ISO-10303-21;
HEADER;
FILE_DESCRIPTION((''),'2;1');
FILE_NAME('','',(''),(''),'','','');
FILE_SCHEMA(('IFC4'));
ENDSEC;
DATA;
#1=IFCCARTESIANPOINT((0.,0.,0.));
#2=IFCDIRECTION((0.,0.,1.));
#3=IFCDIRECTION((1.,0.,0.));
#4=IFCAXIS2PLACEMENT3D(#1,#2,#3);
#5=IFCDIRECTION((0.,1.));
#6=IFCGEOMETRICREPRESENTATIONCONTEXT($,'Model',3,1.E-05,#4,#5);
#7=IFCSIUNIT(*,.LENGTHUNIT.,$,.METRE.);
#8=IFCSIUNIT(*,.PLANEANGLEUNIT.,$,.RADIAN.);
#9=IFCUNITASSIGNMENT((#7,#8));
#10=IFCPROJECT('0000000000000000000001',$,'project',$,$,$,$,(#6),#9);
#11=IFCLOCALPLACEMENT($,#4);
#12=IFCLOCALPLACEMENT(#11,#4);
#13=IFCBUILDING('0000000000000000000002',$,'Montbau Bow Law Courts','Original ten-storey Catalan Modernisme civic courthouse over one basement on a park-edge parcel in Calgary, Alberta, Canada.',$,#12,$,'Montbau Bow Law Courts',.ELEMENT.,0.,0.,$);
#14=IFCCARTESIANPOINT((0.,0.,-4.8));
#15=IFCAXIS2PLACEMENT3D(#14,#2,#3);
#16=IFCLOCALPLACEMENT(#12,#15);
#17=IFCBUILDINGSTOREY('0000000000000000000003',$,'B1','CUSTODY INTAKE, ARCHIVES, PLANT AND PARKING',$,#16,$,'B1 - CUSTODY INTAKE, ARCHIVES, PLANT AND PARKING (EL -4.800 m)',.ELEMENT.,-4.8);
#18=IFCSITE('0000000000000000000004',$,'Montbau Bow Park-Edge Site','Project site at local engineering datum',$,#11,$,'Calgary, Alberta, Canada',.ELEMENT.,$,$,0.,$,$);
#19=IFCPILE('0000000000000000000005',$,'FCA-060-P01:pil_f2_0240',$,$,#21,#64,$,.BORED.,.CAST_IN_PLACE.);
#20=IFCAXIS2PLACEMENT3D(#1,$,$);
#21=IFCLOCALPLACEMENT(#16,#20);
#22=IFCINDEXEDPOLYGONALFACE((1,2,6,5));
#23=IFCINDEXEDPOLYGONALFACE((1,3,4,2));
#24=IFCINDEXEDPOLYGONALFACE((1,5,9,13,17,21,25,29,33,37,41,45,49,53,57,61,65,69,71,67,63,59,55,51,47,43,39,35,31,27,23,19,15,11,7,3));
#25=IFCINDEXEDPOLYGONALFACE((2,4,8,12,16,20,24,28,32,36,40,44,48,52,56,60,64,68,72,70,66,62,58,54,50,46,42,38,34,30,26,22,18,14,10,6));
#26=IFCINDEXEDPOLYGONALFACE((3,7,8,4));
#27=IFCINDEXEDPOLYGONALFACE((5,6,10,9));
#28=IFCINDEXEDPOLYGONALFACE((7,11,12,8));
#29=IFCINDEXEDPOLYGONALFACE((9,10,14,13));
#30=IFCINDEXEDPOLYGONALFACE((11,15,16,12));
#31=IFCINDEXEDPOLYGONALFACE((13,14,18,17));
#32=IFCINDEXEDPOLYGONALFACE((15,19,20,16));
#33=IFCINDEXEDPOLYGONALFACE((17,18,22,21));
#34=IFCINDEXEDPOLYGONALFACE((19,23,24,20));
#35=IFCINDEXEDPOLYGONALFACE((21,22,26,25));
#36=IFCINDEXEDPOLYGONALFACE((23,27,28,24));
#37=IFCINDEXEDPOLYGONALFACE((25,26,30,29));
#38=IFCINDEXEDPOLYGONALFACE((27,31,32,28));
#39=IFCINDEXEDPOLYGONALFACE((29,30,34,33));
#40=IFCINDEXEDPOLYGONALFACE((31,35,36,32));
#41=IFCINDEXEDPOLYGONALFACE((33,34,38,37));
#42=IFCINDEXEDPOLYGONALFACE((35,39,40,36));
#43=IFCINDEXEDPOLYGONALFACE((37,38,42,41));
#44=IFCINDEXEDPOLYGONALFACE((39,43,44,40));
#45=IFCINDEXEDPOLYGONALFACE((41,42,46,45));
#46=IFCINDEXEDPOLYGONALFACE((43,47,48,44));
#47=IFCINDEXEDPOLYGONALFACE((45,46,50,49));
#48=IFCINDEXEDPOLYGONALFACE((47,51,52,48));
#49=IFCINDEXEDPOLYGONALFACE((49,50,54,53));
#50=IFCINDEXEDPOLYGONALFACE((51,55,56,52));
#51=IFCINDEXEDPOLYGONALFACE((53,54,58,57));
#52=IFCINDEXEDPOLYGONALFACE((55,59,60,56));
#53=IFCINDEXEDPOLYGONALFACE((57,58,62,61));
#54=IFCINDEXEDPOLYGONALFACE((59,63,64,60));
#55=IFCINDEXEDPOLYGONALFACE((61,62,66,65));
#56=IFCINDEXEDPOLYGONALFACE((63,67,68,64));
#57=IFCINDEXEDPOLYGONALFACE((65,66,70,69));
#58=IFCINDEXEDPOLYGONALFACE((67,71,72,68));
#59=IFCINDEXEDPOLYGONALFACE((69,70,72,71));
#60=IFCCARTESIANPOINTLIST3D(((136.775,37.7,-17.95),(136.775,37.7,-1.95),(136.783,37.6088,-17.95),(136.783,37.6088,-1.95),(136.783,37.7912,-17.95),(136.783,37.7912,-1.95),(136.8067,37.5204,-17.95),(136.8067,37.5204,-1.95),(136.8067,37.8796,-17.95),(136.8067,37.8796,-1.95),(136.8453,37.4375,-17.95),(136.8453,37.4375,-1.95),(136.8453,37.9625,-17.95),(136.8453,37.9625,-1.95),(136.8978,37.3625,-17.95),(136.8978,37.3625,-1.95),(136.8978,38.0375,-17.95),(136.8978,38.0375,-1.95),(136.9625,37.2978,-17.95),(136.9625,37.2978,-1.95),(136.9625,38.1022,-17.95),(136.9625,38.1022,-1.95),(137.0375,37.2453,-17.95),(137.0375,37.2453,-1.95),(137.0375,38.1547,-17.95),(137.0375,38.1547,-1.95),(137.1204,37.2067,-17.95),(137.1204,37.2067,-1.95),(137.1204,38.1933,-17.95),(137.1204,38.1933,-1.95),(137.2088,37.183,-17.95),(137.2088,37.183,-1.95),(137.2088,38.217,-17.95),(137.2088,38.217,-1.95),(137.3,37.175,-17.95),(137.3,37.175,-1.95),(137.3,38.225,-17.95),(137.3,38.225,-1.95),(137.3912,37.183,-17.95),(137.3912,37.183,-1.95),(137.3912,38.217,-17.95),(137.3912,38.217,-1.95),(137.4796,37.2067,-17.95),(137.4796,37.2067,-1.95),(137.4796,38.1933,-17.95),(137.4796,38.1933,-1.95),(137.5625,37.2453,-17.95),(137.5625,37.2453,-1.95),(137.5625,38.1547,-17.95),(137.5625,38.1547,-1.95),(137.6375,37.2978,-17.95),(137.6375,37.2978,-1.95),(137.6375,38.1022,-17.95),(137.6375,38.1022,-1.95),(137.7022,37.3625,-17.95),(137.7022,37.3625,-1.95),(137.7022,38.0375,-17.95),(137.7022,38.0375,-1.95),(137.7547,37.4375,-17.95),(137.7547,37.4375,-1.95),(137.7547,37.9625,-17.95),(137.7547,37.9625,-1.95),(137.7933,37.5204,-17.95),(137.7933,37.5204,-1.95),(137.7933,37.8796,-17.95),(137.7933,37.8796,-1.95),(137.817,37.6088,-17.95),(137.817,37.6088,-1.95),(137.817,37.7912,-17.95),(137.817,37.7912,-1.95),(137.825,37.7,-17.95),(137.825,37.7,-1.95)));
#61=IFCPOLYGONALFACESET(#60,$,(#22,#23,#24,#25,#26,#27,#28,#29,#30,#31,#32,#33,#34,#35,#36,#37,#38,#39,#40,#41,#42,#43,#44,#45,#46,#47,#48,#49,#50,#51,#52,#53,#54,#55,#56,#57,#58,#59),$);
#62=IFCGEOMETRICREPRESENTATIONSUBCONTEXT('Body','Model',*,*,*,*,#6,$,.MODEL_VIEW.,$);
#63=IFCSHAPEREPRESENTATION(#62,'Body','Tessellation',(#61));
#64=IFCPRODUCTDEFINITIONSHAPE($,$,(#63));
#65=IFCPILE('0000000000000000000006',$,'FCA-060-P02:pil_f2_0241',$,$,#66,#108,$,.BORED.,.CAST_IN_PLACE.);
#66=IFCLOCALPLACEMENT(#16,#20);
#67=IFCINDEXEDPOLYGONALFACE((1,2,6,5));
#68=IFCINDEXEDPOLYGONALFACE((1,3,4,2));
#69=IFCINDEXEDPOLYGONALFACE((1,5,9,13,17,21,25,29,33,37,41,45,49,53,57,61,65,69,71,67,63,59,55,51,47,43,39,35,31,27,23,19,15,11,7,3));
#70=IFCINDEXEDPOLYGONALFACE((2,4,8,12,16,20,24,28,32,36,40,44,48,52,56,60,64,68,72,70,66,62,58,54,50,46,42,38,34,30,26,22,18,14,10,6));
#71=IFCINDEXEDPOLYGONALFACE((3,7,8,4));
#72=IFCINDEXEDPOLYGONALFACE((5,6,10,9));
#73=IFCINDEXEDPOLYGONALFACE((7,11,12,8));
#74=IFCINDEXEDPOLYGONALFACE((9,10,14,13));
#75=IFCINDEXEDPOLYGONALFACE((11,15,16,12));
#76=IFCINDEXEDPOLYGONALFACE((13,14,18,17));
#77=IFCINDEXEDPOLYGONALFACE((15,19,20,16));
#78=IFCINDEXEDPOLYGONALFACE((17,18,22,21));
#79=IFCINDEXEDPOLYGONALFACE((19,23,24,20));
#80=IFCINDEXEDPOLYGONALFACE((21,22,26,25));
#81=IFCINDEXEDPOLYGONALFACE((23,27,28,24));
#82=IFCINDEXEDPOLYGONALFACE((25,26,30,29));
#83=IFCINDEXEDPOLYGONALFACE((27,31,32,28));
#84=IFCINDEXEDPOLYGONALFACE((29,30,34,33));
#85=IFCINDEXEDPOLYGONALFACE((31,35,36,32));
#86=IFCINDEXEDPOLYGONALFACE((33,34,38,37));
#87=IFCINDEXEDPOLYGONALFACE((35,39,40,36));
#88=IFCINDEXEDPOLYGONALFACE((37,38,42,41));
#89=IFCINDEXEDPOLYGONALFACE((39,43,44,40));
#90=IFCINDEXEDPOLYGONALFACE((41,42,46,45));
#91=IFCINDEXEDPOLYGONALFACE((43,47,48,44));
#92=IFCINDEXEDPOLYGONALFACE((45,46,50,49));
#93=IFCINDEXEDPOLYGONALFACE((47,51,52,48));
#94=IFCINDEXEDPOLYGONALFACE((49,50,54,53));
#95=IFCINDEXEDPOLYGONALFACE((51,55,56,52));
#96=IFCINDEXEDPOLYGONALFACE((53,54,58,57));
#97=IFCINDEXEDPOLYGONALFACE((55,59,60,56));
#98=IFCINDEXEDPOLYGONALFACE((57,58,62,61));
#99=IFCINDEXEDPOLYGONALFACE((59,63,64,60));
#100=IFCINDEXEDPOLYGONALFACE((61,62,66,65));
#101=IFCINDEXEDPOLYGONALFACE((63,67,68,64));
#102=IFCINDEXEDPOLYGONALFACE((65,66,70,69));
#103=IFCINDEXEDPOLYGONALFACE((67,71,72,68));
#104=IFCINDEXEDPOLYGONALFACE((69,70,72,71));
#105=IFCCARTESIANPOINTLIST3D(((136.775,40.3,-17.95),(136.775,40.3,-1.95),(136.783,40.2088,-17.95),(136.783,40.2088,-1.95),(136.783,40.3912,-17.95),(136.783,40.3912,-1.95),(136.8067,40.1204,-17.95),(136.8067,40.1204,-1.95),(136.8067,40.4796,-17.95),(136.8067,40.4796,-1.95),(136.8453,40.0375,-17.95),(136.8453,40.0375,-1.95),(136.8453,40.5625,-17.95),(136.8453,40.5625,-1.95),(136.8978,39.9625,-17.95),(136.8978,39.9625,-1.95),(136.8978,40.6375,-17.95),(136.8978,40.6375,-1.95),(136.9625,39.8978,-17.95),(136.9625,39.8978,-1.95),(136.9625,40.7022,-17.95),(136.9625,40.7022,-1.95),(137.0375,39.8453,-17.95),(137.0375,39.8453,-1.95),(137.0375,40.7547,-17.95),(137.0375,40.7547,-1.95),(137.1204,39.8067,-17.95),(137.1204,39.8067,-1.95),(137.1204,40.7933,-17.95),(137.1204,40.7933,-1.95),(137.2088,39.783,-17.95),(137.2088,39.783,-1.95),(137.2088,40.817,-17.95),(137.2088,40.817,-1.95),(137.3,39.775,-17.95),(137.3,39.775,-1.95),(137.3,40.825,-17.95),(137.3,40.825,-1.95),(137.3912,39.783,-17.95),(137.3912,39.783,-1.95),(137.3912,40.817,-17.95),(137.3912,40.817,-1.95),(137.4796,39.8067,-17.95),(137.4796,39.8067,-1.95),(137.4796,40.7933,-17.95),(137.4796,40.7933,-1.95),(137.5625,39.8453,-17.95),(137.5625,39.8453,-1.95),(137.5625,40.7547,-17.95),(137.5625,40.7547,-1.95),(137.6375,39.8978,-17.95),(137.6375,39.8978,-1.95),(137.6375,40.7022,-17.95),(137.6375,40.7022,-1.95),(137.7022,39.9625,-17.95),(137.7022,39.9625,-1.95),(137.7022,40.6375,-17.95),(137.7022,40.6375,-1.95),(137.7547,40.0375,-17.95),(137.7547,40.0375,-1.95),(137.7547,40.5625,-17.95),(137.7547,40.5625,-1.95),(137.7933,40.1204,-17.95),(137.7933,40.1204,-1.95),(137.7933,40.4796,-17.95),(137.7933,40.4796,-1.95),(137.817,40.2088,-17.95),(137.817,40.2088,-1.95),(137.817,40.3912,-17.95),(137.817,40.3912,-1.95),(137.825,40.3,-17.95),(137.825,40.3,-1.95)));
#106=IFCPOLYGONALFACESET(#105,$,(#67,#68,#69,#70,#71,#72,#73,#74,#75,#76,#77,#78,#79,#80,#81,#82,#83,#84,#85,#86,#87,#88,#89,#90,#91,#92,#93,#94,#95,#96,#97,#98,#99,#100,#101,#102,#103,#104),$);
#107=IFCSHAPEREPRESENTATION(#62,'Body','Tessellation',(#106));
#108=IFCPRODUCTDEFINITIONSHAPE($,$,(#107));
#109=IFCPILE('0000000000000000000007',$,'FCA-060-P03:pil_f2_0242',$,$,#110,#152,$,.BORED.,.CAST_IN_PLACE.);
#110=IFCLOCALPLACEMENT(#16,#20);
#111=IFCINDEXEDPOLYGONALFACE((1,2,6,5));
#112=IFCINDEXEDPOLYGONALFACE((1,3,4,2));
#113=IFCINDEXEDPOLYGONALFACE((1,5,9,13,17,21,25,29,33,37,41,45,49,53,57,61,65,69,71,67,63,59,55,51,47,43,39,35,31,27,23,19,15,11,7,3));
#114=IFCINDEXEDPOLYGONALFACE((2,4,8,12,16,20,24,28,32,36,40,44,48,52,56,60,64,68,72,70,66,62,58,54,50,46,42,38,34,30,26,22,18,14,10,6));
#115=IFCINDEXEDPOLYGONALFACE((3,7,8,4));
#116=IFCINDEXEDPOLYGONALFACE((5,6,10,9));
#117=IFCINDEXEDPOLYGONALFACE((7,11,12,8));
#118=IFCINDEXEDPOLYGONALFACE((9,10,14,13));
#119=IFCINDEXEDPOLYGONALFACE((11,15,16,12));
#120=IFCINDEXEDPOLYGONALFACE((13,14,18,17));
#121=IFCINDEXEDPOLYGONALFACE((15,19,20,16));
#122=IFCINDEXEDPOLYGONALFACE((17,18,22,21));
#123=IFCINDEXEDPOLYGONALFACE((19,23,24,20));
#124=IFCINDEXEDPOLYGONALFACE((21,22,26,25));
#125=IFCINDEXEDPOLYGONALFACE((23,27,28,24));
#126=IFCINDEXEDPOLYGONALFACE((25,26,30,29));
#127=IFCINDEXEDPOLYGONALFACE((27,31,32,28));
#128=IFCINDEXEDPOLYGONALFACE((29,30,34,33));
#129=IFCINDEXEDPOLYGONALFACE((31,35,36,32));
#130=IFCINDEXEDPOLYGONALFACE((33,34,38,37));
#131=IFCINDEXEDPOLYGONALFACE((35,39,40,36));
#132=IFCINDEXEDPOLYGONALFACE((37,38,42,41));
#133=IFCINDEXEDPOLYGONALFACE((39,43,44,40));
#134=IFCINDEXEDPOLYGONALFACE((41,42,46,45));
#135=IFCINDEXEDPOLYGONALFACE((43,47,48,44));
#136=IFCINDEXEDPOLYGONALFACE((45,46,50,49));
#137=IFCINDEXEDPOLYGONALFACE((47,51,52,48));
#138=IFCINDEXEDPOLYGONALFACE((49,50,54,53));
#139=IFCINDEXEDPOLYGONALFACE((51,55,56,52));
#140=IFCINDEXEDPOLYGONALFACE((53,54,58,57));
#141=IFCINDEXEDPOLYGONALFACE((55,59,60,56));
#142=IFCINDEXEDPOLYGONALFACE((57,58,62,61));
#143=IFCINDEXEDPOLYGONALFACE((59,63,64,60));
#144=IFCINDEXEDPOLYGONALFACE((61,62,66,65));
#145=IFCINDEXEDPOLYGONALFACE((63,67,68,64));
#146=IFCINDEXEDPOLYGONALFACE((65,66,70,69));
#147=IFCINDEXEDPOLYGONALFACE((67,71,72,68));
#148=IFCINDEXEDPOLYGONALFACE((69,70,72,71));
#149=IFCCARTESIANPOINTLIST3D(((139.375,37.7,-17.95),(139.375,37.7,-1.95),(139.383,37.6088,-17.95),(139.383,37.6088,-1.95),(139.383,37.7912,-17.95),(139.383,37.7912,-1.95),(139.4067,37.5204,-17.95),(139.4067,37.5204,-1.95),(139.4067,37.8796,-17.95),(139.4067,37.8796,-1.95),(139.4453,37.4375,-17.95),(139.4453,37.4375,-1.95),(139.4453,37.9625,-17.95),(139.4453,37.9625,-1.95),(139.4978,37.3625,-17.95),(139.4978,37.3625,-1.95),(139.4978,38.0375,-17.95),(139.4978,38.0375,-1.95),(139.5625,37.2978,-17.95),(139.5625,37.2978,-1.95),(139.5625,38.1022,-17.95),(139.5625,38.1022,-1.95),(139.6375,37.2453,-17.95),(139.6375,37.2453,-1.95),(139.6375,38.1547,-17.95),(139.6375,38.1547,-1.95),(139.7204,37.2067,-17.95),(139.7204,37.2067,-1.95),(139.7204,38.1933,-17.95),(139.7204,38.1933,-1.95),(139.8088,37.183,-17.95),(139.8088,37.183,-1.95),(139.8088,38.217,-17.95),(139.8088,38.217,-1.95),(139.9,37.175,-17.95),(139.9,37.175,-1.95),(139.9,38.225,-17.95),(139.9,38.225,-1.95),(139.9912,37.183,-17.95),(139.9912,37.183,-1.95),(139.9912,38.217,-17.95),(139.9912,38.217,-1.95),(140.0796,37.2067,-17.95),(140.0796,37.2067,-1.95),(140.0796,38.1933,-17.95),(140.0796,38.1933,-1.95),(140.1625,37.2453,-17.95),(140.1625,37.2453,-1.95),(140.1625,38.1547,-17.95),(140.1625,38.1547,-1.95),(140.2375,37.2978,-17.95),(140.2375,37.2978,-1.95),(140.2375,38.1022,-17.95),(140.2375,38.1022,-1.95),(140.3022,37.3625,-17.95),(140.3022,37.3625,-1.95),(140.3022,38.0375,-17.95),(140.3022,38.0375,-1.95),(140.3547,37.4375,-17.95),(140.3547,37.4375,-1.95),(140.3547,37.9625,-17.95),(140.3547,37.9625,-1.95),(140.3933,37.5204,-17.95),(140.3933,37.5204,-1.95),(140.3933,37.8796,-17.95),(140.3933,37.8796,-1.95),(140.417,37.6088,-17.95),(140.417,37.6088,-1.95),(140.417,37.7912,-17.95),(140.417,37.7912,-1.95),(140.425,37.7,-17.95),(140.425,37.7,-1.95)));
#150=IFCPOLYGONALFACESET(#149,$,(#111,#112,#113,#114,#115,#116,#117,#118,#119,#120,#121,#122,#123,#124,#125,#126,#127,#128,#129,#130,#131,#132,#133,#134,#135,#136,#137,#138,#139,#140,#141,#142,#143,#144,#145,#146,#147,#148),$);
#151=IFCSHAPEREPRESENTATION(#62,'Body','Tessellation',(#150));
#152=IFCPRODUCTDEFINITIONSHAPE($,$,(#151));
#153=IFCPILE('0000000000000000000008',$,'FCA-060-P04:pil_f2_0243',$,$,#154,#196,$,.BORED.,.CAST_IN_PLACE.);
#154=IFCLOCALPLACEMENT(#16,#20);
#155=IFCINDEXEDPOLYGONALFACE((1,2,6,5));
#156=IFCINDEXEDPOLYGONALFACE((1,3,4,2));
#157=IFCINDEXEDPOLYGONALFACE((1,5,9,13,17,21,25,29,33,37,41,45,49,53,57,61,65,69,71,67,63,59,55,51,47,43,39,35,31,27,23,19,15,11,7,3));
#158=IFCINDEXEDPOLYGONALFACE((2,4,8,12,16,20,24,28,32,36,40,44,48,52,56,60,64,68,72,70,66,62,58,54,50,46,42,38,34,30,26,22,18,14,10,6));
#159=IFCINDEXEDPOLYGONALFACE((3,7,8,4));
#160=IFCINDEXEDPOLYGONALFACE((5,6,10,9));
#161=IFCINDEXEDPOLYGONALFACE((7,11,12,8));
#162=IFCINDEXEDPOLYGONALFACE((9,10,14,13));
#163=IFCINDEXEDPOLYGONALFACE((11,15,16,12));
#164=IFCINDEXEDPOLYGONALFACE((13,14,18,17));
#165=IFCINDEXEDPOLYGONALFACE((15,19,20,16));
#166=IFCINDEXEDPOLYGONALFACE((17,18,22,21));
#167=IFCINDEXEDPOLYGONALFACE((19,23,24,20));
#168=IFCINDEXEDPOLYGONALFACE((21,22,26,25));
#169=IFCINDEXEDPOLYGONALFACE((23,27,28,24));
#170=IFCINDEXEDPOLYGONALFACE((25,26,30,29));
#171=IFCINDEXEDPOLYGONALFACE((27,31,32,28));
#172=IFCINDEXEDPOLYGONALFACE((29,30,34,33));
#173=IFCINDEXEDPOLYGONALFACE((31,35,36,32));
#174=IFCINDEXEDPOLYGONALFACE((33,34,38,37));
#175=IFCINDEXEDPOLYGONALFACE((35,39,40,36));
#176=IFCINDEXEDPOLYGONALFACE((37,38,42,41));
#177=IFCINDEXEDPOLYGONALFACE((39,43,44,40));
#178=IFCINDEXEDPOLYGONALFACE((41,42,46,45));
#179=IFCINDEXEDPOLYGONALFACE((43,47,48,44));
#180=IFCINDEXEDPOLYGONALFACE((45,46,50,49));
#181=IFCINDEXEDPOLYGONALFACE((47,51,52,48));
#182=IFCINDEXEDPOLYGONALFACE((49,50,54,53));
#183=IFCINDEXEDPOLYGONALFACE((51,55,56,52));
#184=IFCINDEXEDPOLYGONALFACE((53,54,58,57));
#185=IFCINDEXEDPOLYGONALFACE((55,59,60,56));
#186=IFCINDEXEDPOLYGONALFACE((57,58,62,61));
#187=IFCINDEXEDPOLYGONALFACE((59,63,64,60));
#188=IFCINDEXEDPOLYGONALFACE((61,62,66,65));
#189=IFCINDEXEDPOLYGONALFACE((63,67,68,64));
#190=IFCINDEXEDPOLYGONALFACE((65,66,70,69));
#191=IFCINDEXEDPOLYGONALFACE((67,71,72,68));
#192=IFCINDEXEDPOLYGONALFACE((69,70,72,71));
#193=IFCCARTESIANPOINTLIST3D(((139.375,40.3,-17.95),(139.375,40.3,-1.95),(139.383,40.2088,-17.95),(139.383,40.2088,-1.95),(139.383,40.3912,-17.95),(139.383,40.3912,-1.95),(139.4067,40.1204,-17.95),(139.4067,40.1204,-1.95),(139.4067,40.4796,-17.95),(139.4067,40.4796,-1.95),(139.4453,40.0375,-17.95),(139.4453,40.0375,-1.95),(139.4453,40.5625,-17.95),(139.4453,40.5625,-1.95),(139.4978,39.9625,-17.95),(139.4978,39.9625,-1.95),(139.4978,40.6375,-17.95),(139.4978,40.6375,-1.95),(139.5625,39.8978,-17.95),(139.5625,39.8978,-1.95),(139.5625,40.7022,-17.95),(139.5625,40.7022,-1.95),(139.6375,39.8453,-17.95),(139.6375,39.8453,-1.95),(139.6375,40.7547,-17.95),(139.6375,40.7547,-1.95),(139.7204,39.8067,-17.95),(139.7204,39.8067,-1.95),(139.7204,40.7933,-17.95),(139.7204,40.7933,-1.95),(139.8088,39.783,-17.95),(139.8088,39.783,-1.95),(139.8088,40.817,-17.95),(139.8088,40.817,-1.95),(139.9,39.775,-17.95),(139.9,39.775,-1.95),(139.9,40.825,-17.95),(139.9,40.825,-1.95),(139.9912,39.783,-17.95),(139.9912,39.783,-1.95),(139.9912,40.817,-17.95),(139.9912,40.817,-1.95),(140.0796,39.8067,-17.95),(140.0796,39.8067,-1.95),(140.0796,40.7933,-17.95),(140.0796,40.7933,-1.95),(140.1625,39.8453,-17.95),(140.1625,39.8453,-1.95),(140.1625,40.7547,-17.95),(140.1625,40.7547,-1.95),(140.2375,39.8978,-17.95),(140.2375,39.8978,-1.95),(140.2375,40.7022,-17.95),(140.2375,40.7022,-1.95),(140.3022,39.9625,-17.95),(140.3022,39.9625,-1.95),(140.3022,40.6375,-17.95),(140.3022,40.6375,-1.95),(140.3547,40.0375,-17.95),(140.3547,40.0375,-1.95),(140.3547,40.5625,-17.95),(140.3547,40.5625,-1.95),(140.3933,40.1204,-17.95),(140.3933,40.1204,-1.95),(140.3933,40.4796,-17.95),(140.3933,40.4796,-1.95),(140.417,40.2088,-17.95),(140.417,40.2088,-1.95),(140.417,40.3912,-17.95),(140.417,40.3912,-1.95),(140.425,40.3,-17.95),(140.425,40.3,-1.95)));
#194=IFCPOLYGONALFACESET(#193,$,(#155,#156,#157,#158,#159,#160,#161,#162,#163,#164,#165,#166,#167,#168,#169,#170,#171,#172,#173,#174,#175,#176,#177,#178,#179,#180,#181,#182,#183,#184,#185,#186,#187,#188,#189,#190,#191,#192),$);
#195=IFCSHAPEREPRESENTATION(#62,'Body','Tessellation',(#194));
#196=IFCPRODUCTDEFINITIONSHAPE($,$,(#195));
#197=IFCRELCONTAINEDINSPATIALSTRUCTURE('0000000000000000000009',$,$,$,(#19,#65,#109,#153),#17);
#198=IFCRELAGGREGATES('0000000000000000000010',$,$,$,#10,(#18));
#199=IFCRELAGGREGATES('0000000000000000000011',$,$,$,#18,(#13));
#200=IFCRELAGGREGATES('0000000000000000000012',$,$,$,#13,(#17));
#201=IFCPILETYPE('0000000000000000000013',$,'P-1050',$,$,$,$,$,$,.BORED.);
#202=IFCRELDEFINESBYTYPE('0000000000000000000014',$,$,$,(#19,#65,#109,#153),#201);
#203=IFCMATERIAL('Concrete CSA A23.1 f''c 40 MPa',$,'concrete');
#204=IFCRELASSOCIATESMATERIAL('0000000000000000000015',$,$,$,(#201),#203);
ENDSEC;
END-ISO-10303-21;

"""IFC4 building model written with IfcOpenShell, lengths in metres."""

from ifc_helpers import new_model, si_unit, direction, frame, origin_with_axes, origin_2d_with_axis, place, context, subcontext, project, spatial, circle, extrude, material, material_profile, profile_set, type_object, element, save


model = new_model("IFC4")

# Units and contexts
model_context = context("Model", 3, precision=1e-05, world=origin_with_axes(), true_north=direction((0.0, 1.0)))
body_context = subcontext(model_context, "Body", "Model", "MODEL_VIEW")
ifc_project = project(units=[si_unit("LENGTHUNIT", "METRE"), si_unit("PLANEANGLEUNIT", "RADIAN")], contexts=[model_context])

# Site, building, storey
site_placement = place(None, origin_with_axes())
site = spatial("IfcSite", under=ifc_project, at=site_placement, Name="Montbau Bow Park-Edge Site", Description="Project site at local engineering datum", LongName="Calgary, Alberta, Canada", CompositionType="ELEMENT", RefElevation=0.0)
building_placement = place(site_placement, origin_with_axes())
building = spatial("IfcBuilding", under=site, at=building_placement, Name="Montbau Bow Law Courts", Description="Original ten-storey Catalan Modernisme civic courthouse over one basement on a park-edge parcel in Calgary, Alberta, Canada.", LongName="Montbau Bow Law Courts", CompositionType="ELEMENT", ElevationOfRefHeight=0.0, ElevationOfTerrain=0.0)
storey_placement = place(building_placement, frame((0.0, 0.0, -4.8), z_axis=(0.0, 0.0, 1.0), x_axis=(1.0, 0.0, 0.0)))
storey = spatial("IfcBuildingStorey", under=building, at=storey_placement, Name="B1", Description="CUSTODY INTAKE, ARCHIVES, PLANT AND PARKING", LongName="B1 - CUSTODY INTAKE, ARCHIVES, PLANT AND PARKING (EL -4.800 m)", CompositionType="ELEMENT", Elevation=-4.8)

# Piles
ifc_material_1 = material(Name="Concrete CSA A23.1 f'c 40 MPa", Category="concrete")
ifc_material_profile_1 = material_profile(ifc_material_1, circle(Radius=0.525, at=origin_2d_with_axis()), Name="BP1050", Category="Main", Priority=0)
ifc_profile_set_1 = profile_set([ifc_material_profile_1], Name="Concrete CSA A23.1 f'c 40 MPa")
pile_type_1 = type_object("IfcPileType", Name="P-1050", PredefinedType="BORED", material=ifc_profile_set_1)
for number, where, z_axis, x_axis, name in (
    (1, (137.3, 37.7, -22.75), (0.0, 0.0, 1.0), (1.0, 0.0, 0.0), "FCA-060-P01:pil_f2_0240"),
    (2, (137.3, 40.3, -22.75), (0.0, 0.0, 1.0), (1.0, 0.0, 0.0), "FCA-060-P02:pil_f2_0241"),
    (3, (139.9, 37.7, -22.75), (0.0, 0.0, 1.0), (1.0, 0.0, 0.0), "FCA-060-P03:pil_f2_0242"),
    (4, (139.9, 40.3, -22.75), (0.0, 0.0, 1.0), (1.0, 0.0, 0.0), "FCA-060-P04:pil_f2_0243"),
):
    element("IfcPile", number, at=place(None, frame(where, z_axis=z_axis, x_axis=x_axis)), inside=storey, type_object=pile_type_1, Name=name, ConstructionType="CAST_IN_PLACE", PredefinedType="BORED", context=body_context, shape_type="SweptSolid", body=[
        extrude(circle(Radius=0.525, at=origin_2d_with_axis()), origin_with_axes(), (0.0, 0.0, 1.0), 16.0),
    ])

save(model, "model.ifc")
